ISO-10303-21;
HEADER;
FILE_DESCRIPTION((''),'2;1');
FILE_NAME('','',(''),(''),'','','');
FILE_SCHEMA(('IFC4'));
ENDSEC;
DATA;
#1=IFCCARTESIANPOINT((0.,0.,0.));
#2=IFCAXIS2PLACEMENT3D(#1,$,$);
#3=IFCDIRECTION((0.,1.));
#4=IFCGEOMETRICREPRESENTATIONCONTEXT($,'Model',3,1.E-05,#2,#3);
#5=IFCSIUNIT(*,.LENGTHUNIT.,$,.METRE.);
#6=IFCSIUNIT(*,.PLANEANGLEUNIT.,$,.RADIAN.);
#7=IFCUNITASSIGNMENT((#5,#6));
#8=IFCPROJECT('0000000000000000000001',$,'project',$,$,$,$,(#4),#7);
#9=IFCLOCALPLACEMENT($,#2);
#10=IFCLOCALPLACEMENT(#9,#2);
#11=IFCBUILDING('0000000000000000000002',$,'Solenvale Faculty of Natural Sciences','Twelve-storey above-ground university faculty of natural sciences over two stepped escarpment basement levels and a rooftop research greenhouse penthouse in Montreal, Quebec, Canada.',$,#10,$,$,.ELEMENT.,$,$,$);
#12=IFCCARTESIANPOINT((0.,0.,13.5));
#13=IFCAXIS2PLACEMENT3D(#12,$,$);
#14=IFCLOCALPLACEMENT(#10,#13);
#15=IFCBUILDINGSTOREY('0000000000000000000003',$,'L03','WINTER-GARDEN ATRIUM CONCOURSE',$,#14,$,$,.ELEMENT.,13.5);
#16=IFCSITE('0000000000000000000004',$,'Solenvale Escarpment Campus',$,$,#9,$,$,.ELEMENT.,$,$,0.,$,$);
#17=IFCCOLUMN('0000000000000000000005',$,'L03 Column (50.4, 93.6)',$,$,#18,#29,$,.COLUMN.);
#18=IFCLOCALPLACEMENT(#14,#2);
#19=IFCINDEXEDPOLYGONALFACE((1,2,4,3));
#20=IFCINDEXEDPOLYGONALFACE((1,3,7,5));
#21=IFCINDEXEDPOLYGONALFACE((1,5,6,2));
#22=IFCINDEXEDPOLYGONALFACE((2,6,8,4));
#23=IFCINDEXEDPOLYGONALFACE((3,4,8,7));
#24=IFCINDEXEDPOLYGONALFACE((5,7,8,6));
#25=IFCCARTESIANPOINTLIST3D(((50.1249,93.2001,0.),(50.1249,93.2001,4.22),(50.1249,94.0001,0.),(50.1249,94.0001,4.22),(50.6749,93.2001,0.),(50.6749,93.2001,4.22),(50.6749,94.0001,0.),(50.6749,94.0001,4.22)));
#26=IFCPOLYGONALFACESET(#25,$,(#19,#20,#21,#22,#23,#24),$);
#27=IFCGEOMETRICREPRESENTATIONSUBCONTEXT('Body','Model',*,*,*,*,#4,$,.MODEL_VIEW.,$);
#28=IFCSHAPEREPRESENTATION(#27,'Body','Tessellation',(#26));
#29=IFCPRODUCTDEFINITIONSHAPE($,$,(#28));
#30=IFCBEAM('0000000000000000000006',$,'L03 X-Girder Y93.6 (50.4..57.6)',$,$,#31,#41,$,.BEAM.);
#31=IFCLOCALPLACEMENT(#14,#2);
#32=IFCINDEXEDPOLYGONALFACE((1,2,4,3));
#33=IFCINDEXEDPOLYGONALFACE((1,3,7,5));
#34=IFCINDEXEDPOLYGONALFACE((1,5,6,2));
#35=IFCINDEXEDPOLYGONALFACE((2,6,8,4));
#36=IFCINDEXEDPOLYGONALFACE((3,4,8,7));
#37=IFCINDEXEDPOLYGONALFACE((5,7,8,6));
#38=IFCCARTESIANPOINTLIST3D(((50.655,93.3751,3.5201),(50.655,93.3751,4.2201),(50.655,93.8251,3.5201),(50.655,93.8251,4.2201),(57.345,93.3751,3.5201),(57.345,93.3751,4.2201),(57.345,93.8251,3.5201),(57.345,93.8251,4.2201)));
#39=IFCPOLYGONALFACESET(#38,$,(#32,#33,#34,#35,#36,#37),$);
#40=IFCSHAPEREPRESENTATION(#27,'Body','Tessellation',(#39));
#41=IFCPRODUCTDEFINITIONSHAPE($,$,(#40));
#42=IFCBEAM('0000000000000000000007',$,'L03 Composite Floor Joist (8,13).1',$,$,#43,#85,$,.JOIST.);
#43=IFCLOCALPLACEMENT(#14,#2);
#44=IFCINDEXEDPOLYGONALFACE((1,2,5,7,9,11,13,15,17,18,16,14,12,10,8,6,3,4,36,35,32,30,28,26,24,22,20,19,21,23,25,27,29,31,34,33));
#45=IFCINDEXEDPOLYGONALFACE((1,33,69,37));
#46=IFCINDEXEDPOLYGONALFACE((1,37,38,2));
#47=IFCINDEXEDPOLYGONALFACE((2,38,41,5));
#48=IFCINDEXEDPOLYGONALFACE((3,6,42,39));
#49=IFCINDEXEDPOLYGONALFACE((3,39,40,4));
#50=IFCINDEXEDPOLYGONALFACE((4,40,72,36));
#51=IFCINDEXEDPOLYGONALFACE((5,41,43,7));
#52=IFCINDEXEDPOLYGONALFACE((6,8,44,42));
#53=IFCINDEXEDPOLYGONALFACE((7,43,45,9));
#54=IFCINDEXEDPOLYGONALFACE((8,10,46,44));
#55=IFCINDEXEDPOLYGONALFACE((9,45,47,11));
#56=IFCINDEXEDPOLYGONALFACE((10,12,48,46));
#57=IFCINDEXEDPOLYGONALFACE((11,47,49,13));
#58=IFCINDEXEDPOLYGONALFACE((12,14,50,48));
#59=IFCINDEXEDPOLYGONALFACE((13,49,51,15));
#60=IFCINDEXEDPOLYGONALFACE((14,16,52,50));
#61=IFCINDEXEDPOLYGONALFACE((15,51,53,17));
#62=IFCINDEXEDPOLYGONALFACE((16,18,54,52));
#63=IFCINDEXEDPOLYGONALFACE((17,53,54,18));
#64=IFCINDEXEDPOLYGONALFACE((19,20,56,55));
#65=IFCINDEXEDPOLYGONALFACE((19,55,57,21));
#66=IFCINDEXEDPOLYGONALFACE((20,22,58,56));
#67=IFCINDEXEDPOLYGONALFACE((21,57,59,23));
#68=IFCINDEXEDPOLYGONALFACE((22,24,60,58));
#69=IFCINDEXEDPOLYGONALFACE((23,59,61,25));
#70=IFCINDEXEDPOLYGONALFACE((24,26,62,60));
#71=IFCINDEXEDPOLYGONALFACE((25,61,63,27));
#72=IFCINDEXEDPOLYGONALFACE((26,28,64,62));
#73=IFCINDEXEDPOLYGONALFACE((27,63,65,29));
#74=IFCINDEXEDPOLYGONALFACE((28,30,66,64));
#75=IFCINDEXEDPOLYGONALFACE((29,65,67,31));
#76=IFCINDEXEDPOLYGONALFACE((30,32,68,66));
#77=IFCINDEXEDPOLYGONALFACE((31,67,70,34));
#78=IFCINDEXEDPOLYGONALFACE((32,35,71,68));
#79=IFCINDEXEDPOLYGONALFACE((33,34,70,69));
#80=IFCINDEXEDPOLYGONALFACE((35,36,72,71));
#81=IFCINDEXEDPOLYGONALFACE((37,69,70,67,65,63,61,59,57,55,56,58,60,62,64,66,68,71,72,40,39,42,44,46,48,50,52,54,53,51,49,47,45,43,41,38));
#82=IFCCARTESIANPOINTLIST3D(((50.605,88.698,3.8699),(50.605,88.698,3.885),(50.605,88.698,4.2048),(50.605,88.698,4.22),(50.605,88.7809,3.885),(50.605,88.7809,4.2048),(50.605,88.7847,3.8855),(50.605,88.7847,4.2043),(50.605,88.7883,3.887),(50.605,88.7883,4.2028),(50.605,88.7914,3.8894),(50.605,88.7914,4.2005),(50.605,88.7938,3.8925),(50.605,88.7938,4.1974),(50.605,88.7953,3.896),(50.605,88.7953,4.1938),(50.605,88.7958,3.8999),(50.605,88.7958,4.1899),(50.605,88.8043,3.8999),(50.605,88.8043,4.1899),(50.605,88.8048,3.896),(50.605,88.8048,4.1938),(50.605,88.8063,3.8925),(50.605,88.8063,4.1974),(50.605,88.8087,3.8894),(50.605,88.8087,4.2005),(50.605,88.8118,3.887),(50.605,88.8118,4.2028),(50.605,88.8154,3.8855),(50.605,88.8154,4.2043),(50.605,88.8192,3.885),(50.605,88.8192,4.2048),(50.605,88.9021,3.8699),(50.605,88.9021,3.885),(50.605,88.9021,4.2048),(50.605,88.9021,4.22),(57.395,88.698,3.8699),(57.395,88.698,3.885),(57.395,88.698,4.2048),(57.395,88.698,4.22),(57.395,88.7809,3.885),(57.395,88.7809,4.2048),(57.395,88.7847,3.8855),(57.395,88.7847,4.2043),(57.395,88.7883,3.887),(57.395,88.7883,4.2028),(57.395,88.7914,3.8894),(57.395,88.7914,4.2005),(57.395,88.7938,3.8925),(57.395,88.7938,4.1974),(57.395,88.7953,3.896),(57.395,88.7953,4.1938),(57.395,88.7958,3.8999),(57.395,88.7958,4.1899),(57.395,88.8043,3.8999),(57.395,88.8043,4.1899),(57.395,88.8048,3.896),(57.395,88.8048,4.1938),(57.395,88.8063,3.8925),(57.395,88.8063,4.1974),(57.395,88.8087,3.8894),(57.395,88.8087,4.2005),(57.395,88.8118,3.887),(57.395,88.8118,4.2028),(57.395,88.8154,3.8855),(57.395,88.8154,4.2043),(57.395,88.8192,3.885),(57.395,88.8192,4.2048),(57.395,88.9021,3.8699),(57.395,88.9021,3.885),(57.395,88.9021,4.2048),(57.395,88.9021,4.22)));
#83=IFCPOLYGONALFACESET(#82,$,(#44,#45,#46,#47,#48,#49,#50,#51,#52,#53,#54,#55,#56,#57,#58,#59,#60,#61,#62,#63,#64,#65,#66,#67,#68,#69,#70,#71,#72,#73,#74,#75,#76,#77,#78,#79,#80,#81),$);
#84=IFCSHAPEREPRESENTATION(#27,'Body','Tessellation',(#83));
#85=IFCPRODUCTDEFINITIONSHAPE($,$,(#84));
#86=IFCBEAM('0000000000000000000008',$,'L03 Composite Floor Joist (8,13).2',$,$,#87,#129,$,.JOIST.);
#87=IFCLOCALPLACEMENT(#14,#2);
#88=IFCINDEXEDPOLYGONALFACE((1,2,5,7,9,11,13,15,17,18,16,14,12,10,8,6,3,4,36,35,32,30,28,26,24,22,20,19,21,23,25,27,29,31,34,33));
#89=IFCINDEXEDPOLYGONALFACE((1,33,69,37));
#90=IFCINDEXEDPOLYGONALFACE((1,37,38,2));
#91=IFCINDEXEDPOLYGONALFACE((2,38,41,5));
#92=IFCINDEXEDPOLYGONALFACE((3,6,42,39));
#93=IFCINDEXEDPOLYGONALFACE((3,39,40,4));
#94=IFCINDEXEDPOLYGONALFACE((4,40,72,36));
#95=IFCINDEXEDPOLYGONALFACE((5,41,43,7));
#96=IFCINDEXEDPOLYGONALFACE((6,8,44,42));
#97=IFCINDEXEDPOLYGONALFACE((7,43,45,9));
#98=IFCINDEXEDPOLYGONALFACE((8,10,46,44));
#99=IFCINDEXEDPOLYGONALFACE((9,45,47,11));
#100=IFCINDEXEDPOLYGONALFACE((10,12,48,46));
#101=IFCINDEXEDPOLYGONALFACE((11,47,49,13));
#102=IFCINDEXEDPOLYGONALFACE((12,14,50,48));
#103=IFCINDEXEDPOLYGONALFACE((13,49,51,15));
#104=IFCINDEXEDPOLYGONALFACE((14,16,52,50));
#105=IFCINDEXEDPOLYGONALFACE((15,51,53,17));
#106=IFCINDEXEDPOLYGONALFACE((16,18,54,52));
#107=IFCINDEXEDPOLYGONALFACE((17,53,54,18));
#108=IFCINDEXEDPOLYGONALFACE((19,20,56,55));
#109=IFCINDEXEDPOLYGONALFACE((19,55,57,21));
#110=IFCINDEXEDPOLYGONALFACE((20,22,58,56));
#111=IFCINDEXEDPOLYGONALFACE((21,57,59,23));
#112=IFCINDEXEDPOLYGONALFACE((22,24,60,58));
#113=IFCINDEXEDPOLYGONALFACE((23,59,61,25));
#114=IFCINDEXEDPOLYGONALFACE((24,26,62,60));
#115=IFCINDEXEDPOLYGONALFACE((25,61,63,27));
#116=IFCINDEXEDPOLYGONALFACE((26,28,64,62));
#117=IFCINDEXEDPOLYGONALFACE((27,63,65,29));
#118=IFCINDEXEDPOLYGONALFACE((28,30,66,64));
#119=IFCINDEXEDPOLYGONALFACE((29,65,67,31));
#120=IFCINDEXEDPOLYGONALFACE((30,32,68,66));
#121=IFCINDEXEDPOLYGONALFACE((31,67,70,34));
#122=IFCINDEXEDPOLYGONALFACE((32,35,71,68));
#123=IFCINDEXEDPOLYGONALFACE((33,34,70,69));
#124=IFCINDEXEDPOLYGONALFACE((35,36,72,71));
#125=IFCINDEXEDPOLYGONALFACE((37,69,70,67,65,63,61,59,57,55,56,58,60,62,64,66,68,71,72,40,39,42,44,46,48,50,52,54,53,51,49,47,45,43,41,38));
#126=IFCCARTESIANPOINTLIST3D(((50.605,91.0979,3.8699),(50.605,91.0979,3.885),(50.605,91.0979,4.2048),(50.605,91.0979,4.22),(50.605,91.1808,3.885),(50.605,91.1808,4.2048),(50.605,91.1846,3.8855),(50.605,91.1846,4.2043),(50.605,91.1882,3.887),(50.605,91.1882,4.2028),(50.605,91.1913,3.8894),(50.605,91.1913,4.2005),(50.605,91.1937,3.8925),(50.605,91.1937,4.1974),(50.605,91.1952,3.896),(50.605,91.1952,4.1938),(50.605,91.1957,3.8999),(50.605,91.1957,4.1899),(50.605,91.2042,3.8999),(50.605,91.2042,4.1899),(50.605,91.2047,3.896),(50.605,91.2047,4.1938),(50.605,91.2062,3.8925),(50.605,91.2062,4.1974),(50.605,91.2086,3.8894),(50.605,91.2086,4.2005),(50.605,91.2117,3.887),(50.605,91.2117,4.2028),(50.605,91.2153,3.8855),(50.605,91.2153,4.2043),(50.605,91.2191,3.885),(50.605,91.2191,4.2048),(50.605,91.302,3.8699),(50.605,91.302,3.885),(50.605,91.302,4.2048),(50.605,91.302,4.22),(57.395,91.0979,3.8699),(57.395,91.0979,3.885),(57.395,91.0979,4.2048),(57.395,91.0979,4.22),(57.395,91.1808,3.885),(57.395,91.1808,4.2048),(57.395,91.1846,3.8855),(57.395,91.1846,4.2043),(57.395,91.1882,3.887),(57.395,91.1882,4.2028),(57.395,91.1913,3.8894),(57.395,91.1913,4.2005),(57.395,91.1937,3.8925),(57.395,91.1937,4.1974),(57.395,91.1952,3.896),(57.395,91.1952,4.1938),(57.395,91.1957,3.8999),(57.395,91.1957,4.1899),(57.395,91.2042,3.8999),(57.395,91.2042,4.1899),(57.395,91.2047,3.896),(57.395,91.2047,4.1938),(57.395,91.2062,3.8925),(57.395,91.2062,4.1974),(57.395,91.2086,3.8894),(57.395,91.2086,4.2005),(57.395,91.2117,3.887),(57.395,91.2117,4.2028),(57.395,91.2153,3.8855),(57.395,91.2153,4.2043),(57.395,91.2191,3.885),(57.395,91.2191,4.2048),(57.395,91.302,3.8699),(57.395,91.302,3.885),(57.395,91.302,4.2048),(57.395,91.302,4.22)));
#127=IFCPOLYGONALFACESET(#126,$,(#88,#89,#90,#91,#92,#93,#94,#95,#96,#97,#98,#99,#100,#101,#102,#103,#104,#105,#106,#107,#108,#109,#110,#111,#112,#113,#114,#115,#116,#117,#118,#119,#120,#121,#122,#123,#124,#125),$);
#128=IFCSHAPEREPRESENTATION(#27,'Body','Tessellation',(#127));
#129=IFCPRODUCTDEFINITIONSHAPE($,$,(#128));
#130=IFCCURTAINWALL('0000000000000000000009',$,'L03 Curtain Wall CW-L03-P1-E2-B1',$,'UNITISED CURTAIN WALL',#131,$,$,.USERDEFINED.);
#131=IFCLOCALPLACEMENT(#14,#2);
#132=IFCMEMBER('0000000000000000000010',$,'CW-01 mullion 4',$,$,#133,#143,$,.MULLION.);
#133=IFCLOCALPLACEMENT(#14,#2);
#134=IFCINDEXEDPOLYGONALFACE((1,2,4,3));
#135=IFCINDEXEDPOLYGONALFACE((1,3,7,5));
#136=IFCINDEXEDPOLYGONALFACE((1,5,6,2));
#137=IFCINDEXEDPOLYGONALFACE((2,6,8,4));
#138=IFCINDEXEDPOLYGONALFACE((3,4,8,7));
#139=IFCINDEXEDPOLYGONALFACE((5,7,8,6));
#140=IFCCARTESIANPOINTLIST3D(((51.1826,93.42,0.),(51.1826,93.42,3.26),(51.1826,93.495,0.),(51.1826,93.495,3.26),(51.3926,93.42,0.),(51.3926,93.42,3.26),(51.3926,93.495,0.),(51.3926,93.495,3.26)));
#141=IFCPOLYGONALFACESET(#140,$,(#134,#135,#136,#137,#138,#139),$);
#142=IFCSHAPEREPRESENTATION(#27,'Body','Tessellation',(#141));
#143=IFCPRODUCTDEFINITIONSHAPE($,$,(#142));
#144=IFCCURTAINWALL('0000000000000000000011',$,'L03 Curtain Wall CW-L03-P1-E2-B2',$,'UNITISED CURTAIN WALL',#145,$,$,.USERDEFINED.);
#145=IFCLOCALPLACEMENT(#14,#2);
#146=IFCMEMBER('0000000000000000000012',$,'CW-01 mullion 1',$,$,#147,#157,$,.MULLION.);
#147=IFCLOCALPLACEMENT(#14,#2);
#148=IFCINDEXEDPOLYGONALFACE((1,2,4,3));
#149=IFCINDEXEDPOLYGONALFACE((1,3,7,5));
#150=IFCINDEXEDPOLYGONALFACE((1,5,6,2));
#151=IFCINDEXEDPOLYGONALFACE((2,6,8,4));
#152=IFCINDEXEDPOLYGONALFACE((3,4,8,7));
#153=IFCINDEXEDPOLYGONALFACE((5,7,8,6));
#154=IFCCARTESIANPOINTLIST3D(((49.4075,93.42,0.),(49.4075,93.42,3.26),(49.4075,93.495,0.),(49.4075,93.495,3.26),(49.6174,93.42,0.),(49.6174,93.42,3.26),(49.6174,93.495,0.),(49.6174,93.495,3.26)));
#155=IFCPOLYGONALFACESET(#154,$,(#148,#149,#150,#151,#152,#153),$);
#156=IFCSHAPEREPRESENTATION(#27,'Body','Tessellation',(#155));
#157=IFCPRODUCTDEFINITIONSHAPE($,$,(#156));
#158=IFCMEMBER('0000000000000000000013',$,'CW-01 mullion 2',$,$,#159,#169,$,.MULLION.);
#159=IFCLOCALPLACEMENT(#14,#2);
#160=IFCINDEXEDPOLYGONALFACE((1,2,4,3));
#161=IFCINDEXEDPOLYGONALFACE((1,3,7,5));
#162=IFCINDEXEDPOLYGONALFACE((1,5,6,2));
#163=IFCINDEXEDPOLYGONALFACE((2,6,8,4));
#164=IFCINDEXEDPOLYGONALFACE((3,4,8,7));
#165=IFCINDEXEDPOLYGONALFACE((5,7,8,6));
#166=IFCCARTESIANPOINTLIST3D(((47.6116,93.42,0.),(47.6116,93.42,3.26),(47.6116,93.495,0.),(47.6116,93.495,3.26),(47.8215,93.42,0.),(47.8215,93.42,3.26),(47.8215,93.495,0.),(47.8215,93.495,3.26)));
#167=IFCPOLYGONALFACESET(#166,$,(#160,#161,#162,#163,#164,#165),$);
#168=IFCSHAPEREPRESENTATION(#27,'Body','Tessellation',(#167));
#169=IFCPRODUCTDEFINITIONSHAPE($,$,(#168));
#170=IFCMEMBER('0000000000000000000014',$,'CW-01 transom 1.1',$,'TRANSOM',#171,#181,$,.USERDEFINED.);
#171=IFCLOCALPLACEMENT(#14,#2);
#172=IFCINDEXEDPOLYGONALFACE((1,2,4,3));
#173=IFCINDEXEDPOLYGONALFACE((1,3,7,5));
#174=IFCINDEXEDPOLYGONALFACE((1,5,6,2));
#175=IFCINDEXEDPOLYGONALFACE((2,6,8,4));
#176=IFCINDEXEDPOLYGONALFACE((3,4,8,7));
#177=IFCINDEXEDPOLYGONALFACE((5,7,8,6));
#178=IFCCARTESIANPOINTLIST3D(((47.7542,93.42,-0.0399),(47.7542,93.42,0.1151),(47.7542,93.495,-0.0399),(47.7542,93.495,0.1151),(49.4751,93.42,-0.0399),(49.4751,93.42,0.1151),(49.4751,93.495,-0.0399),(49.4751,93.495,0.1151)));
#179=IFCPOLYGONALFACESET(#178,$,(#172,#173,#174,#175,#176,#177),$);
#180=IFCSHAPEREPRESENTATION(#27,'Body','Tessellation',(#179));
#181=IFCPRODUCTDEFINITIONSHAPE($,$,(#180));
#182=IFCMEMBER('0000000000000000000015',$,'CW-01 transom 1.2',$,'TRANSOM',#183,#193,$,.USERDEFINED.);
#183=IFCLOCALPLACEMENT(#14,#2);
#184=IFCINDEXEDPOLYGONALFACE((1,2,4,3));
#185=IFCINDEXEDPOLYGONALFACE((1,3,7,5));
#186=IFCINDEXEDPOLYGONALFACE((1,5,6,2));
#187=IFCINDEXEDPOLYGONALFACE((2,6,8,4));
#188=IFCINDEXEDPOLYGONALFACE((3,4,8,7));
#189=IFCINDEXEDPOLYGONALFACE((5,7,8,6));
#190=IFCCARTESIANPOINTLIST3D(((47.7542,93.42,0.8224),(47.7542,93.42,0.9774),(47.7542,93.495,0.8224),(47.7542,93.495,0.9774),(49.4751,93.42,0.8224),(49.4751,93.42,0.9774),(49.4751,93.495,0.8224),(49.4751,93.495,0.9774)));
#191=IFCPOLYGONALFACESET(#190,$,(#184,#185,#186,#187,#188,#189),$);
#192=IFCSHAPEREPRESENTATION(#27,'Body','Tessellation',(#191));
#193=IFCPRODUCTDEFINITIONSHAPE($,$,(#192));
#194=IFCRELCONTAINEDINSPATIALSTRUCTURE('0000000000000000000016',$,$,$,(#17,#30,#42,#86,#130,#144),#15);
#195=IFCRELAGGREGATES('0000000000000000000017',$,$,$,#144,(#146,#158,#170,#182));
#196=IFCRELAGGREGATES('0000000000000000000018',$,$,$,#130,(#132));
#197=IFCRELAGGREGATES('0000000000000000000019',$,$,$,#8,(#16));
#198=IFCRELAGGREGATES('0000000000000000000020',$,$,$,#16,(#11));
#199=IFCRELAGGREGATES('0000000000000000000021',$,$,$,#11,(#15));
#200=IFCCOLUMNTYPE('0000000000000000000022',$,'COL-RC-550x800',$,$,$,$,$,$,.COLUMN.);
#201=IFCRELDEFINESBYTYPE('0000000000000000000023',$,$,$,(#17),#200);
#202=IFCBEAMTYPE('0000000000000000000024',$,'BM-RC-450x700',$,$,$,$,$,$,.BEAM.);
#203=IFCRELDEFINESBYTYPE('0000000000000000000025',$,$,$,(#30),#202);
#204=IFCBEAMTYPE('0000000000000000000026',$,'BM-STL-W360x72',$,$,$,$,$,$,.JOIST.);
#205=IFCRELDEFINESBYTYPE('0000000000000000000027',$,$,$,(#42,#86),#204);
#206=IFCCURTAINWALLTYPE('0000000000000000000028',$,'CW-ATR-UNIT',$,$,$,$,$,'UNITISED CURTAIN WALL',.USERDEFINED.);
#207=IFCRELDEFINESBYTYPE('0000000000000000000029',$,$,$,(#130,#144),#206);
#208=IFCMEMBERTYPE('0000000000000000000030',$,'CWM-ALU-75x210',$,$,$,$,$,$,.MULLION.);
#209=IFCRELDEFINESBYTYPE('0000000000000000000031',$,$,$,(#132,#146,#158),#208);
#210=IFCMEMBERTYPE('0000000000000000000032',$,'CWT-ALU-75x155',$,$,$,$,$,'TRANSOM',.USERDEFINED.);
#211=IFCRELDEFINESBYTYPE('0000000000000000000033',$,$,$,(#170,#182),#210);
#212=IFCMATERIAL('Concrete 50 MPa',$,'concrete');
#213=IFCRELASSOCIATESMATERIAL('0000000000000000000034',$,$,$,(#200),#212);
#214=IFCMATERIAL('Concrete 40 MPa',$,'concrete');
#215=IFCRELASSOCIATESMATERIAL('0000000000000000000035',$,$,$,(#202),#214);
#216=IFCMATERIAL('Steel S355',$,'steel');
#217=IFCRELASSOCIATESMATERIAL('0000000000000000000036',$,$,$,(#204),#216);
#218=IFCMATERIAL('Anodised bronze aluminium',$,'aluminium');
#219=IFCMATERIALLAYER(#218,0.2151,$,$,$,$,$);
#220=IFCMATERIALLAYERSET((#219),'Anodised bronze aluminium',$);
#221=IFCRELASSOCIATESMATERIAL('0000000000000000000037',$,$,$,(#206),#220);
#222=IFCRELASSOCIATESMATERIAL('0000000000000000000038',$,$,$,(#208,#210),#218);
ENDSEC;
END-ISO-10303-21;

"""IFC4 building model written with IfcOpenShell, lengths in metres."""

from ifc_helpers import new_model, si_unit, direction, frame, origin, origin_2d, place, context, subcontext, project, spatial, rectangle, i_section, extrude, material, layer, layer_set, material_profile, profile_set, type_object, element, aggregate, save


model = new_model("IFC4")

# Units and contexts
model_context = context("Model", 3, precision=1e-05, world=origin(), true_north=direction((0.0, 1.0)))
body_context = subcontext(model_context, "Body", "Model", "MODEL_VIEW")
ifc_project = project(units=[si_unit("LENGTHUNIT", "METRE"), si_unit("PLANEANGLEUNIT", "RADIAN")], contexts=[model_context])

# Site, building, storey
site_placement = place(None, origin())
site = spatial("IfcSite", under=ifc_project, at=site_placement, Name="Solenvale Escarpment Campus", CompositionType="ELEMENT", RefElevation=0.0)
building_placement = place(site_placement, origin())
building = spatial("IfcBuilding", under=site, at=building_placement, Name="Solenvale Faculty of Natural Sciences", Description="Twelve-storey above-ground university faculty of natural sciences over two stepped escarpment basement levels and a rooftop research greenhouse penthouse in Montreal, Quebec, Canada.", CompositionType="ELEMENT")
storey_placement = place(building_placement, frame((0.0, 0.0, 13.5)))
storey = spatial("IfcBuildingStorey", under=building, at=storey_placement, Name="L03", Description="WINTER-GARDEN ATRIUM CONCOURSE", CompositionType="ELEMENT", Elevation=13.5)

# Column
ifc_material_1 = material(Name="Concrete 50 MPa", Category="concrete")
ifc_material_profile_1 = material_profile(ifc_material_1, rectangle(XDim=0.55, YDim=0.8, at=origin_2d()), Name="RC-COL-550x800")
ifc_profile_set_1 = profile_set([ifc_material_profile_1], Name="Concrete 50 MPa")
column_type = type_object("IfcColumnType", Name="COL-RC-550x800", PredefinedType="COLUMN", material=ifc_profile_set_1)
column_placement = place(storey_placement, frame((50.3999, 93.6001, 0.0), z_axis=(0.0, 0.0, 1.0), x_axis=(1.0, 0.0, 0.0)))
element("IfcColumn", 1, at=column_placement, inside=storey, type_object=column_type, Name="L03 Column (50.4, 93.6)", PredefinedType="COLUMN", context=body_context, shape_type="SweptSolid", body=[
    extrude(rectangle(XDim=0.55, YDim=0.8, at=origin_2d()), origin(), (0.0, 0.0, 1.0), 4.22),
])

# Beams
ifc_material_2 = material(Name="Concrete 40 MPa", Category="concrete")
ifc_material_profile_2 = material_profile(ifc_material_2, rectangle(XDim=0.45, YDim=0.7, at=origin_2d()), Name="RC-BM-450x700")
ifc_profile_set_2 = profile_set([ifc_material_profile_2], Name="Concrete 40 MPa")
beam_type_1 = type_object("IfcBeamType", Name="BM-RC-450x700", PredefinedType="BEAM", material=ifc_profile_set_2)
beam_placement = place(storey_placement, frame((50.655, 93.6001, 3.8701), z_axis=(1.0, 0.0, 0.0), x_axis=(0.0, 1.0, 0.0)))
element("IfcBeam", 2, at=beam_placement, inside=storey, type_object=beam_type_1, Name="L03 X-Girder Y93.6 (50.4..57.6)", PredefinedType="BEAM", context=body_context, shape_type="SweptSolid", body=[
    extrude(rectangle(XDim=0.45, YDim=0.7, at=origin_2d()), origin(), (0.0, 0.0, 1.0), 6.6899),
])
ifc_material_3 = material(Name="Steel S355", Category="steel")
ifc_material_profile_3 = material_profile(ifc_material_3, i_section(OverallWidth=0.2041, OverallDepth=0.3501, WebThickness=0.0085, FlangeThickness=0.0151, FilletRadius=0.0149, at=origin_2d()), Name="W360x72")
ifc_profile_set_3 = profile_set([ifc_material_profile_3], Name="Steel S355")
beam_type_2 = type_object("IfcBeamType", Name="BM-STL-W360x72", PredefinedType="JOIST", material=ifc_profile_set_3)
for number, where, z_axis, x_axis, name in (
    (3, (50.605, 88.8, 4.0449), (1.0, 0.0, 0.0), (0.0, 1.0, 0.0), "L03 Composite Floor Joist (8,13).1"),
    (4, (50.605, 91.2, 4.0449), (1.0, 0.0, 0.0), (0.0, 1.0, 0.0), "L03 Composite Floor Joist (8,13).2"),
):
    element("IfcBeam", number, at=place(storey_placement, frame(where, z_axis=z_axis, x_axis=x_axis)), inside=storey, type_object=beam_type_2, Name=name, PredefinedType="JOIST", context=body_context, shape_type="SweptSolid", body=[
        extrude(i_section(OverallWidth=0.2041, OverallDepth=0.3501, WebThickness=0.0085, FlangeThickness=0.0151, FilletRadius=0.0149, at=origin_2d()), origin(), (0.0, 0.0, 1.0), 6.79),
    ])

# Curtain wall, member
ifc_material_4 = material(Name="Anodised bronze aluminium", Category="aluminium")
ifc_layer_1 = layer(ifc_material_4, 0.2151)
ifc_layer_set_1 = layer_set([ifc_layer_1], Name="Anodised bronze aluminium")
curtain_wall_type = type_object("IfcCurtainWallType", Name="CW-ATR-UNIT", ElementType="UNITISED CURTAIN WALL", PredefinedType="USERDEFINED", material=ifc_layer_set_1)
curtain_wall_1_placement = place(storey_placement, origin())
curtain_wall_1 = element("IfcCurtainWall", 5, at=curtain_wall_1_placement, inside=storey, type_object=curtain_wall_type, Name="L03 Curtain Wall CW-L03-P1-E2-B1", ObjectType="UNITISED CURTAIN WALL", PredefinedType="USERDEFINED")
ifc_material_profile_4 = material_profile(ifc_material_4, rectangle(XDim=0.075, YDim=0.21, at=origin_2d()), Name="ALU-MUL-75x210")
ifc_profile_set_4 = profile_set([ifc_material_profile_4], Name="Anodised bronze aluminium")
member_type_1 = type_object("IfcMemberType", Name="CWM-ALU-75x210", PredefinedType="MULLION", material=ifc_profile_set_4)
member_1_placement = place(storey_placement, frame((51.2876, 93.4575, 0.0), z_axis=(0.0, 0.0, 1.0), x_axis=(0.0, -1.0, 0.0)))
member_1 = element("IfcMember", 6, at=member_1_placement, type_object=member_type_1, Name="CW-01 mullion 4", PredefinedType="MULLION", context=body_context, shape_type="SweptSolid", body=[
    extrude(rectangle(XDim=0.075, YDim=0.21, at=origin_2d()), origin(), (0.0, 0.0, 1.0), 3.26),
])

# Curtain wall, members
curtain_wall_2_placement = place(storey_placement, origin())
curtain_wall_2 = element("IfcCurtainWall", 7, at=curtain_wall_2_placement, inside=storey, type_object=curtain_wall_type, Name="L03 Curtain Wall CW-L03-P1-E2-B2", ObjectType="UNITISED CURTAIN WALL", PredefinedType="USERDEFINED")
member_2_placement = place(storey_placement, frame((49.5125, 93.4575, 0.0), z_axis=(0.0, 0.0, 1.0), x_axis=(0.0, -1.0, 0.0)))
member_2 = element("IfcMember", 8, at=member_2_placement, type_object=member_type_1, Name="CW-01 mullion 1", PredefinedType="MULLION", context=body_context, shape_type="SweptSolid", body=[
    extrude(rectangle(XDim=0.075, YDim=0.21, at=origin_2d()), origin(), (0.0, 0.0, 1.0), 3.26),
])
member_3_placement = place(storey_placement, frame((47.7166, 93.4575, 0.0), z_axis=(0.0, 0.0, 1.0), x_axis=(0.0, -1.0, 0.0)))
member_3 = element("IfcMember", 9, at=member_3_placement, type_object=member_type_1, Name="CW-01 mullion 2", PredefinedType="MULLION", context=body_context, shape_type="SweptSolid", body=[
    extrude(rectangle(XDim=0.075, YDim=0.21, at=origin_2d()), origin(), (0.0, 0.0, 1.0), 3.26),
])
ifc_material_profile_5 = material_profile(ifc_material_4, rectangle(XDim=0.075, YDim=0.155, at=origin_2d()), Name="ALU-TRN-75x155")
ifc_profile_set_5 = profile_set([ifc_material_profile_5], Name="Anodised bronze aluminium")
member_type_2 = type_object("IfcMemberType", Name="CWT-ALU-75x155", ElementType="TRANSOM", PredefinedType="USERDEFINED", material=ifc_profile_set_5)
member_4_placement = place(storey_placement, frame((49.4751, 93.4575, 0.0376), z_axis=(-1.0, 0.0, 0.0), x_axis=(0.0, -1.0, 0.0)))
member_4 = element("IfcMember", 10, at=member_4_placement, type_object=member_type_2, Name="CW-01 transom 1.1", ObjectType="TRANSOM", PredefinedType="USERDEFINED", context=body_context, shape_type="SweptSolid", body=[
    extrude(rectangle(XDim=0.075, YDim=0.155, at=origin_2d()), origin(), (0.0, 0.0, 1.0), 1.7209),
])
member_5_placement = place(storey_placement, frame((49.4751, 93.4575, 0.8999), z_axis=(-1.0, 0.0, 0.0), x_axis=(0.0, -1.0, 0.0)))
member_5 = element("IfcMember", 11, at=member_5_placement, type_object=member_type_2, Name="CW-01 transom 1.2", ObjectType="TRANSOM", PredefinedType="USERDEFINED", context=body_context, shape_type="SweptSolid", body=[
    extrude(rectangle(XDim=0.075, YDim=0.155, at=origin_2d()), origin(), (0.0, 0.0, 1.0), 1.7209),
])
aggregate(curtain_wall_2, [member_2, member_3, member_4, member_5])

aggregate(curtain_wall_1, [member_1])

save(model, "model.ifc")
